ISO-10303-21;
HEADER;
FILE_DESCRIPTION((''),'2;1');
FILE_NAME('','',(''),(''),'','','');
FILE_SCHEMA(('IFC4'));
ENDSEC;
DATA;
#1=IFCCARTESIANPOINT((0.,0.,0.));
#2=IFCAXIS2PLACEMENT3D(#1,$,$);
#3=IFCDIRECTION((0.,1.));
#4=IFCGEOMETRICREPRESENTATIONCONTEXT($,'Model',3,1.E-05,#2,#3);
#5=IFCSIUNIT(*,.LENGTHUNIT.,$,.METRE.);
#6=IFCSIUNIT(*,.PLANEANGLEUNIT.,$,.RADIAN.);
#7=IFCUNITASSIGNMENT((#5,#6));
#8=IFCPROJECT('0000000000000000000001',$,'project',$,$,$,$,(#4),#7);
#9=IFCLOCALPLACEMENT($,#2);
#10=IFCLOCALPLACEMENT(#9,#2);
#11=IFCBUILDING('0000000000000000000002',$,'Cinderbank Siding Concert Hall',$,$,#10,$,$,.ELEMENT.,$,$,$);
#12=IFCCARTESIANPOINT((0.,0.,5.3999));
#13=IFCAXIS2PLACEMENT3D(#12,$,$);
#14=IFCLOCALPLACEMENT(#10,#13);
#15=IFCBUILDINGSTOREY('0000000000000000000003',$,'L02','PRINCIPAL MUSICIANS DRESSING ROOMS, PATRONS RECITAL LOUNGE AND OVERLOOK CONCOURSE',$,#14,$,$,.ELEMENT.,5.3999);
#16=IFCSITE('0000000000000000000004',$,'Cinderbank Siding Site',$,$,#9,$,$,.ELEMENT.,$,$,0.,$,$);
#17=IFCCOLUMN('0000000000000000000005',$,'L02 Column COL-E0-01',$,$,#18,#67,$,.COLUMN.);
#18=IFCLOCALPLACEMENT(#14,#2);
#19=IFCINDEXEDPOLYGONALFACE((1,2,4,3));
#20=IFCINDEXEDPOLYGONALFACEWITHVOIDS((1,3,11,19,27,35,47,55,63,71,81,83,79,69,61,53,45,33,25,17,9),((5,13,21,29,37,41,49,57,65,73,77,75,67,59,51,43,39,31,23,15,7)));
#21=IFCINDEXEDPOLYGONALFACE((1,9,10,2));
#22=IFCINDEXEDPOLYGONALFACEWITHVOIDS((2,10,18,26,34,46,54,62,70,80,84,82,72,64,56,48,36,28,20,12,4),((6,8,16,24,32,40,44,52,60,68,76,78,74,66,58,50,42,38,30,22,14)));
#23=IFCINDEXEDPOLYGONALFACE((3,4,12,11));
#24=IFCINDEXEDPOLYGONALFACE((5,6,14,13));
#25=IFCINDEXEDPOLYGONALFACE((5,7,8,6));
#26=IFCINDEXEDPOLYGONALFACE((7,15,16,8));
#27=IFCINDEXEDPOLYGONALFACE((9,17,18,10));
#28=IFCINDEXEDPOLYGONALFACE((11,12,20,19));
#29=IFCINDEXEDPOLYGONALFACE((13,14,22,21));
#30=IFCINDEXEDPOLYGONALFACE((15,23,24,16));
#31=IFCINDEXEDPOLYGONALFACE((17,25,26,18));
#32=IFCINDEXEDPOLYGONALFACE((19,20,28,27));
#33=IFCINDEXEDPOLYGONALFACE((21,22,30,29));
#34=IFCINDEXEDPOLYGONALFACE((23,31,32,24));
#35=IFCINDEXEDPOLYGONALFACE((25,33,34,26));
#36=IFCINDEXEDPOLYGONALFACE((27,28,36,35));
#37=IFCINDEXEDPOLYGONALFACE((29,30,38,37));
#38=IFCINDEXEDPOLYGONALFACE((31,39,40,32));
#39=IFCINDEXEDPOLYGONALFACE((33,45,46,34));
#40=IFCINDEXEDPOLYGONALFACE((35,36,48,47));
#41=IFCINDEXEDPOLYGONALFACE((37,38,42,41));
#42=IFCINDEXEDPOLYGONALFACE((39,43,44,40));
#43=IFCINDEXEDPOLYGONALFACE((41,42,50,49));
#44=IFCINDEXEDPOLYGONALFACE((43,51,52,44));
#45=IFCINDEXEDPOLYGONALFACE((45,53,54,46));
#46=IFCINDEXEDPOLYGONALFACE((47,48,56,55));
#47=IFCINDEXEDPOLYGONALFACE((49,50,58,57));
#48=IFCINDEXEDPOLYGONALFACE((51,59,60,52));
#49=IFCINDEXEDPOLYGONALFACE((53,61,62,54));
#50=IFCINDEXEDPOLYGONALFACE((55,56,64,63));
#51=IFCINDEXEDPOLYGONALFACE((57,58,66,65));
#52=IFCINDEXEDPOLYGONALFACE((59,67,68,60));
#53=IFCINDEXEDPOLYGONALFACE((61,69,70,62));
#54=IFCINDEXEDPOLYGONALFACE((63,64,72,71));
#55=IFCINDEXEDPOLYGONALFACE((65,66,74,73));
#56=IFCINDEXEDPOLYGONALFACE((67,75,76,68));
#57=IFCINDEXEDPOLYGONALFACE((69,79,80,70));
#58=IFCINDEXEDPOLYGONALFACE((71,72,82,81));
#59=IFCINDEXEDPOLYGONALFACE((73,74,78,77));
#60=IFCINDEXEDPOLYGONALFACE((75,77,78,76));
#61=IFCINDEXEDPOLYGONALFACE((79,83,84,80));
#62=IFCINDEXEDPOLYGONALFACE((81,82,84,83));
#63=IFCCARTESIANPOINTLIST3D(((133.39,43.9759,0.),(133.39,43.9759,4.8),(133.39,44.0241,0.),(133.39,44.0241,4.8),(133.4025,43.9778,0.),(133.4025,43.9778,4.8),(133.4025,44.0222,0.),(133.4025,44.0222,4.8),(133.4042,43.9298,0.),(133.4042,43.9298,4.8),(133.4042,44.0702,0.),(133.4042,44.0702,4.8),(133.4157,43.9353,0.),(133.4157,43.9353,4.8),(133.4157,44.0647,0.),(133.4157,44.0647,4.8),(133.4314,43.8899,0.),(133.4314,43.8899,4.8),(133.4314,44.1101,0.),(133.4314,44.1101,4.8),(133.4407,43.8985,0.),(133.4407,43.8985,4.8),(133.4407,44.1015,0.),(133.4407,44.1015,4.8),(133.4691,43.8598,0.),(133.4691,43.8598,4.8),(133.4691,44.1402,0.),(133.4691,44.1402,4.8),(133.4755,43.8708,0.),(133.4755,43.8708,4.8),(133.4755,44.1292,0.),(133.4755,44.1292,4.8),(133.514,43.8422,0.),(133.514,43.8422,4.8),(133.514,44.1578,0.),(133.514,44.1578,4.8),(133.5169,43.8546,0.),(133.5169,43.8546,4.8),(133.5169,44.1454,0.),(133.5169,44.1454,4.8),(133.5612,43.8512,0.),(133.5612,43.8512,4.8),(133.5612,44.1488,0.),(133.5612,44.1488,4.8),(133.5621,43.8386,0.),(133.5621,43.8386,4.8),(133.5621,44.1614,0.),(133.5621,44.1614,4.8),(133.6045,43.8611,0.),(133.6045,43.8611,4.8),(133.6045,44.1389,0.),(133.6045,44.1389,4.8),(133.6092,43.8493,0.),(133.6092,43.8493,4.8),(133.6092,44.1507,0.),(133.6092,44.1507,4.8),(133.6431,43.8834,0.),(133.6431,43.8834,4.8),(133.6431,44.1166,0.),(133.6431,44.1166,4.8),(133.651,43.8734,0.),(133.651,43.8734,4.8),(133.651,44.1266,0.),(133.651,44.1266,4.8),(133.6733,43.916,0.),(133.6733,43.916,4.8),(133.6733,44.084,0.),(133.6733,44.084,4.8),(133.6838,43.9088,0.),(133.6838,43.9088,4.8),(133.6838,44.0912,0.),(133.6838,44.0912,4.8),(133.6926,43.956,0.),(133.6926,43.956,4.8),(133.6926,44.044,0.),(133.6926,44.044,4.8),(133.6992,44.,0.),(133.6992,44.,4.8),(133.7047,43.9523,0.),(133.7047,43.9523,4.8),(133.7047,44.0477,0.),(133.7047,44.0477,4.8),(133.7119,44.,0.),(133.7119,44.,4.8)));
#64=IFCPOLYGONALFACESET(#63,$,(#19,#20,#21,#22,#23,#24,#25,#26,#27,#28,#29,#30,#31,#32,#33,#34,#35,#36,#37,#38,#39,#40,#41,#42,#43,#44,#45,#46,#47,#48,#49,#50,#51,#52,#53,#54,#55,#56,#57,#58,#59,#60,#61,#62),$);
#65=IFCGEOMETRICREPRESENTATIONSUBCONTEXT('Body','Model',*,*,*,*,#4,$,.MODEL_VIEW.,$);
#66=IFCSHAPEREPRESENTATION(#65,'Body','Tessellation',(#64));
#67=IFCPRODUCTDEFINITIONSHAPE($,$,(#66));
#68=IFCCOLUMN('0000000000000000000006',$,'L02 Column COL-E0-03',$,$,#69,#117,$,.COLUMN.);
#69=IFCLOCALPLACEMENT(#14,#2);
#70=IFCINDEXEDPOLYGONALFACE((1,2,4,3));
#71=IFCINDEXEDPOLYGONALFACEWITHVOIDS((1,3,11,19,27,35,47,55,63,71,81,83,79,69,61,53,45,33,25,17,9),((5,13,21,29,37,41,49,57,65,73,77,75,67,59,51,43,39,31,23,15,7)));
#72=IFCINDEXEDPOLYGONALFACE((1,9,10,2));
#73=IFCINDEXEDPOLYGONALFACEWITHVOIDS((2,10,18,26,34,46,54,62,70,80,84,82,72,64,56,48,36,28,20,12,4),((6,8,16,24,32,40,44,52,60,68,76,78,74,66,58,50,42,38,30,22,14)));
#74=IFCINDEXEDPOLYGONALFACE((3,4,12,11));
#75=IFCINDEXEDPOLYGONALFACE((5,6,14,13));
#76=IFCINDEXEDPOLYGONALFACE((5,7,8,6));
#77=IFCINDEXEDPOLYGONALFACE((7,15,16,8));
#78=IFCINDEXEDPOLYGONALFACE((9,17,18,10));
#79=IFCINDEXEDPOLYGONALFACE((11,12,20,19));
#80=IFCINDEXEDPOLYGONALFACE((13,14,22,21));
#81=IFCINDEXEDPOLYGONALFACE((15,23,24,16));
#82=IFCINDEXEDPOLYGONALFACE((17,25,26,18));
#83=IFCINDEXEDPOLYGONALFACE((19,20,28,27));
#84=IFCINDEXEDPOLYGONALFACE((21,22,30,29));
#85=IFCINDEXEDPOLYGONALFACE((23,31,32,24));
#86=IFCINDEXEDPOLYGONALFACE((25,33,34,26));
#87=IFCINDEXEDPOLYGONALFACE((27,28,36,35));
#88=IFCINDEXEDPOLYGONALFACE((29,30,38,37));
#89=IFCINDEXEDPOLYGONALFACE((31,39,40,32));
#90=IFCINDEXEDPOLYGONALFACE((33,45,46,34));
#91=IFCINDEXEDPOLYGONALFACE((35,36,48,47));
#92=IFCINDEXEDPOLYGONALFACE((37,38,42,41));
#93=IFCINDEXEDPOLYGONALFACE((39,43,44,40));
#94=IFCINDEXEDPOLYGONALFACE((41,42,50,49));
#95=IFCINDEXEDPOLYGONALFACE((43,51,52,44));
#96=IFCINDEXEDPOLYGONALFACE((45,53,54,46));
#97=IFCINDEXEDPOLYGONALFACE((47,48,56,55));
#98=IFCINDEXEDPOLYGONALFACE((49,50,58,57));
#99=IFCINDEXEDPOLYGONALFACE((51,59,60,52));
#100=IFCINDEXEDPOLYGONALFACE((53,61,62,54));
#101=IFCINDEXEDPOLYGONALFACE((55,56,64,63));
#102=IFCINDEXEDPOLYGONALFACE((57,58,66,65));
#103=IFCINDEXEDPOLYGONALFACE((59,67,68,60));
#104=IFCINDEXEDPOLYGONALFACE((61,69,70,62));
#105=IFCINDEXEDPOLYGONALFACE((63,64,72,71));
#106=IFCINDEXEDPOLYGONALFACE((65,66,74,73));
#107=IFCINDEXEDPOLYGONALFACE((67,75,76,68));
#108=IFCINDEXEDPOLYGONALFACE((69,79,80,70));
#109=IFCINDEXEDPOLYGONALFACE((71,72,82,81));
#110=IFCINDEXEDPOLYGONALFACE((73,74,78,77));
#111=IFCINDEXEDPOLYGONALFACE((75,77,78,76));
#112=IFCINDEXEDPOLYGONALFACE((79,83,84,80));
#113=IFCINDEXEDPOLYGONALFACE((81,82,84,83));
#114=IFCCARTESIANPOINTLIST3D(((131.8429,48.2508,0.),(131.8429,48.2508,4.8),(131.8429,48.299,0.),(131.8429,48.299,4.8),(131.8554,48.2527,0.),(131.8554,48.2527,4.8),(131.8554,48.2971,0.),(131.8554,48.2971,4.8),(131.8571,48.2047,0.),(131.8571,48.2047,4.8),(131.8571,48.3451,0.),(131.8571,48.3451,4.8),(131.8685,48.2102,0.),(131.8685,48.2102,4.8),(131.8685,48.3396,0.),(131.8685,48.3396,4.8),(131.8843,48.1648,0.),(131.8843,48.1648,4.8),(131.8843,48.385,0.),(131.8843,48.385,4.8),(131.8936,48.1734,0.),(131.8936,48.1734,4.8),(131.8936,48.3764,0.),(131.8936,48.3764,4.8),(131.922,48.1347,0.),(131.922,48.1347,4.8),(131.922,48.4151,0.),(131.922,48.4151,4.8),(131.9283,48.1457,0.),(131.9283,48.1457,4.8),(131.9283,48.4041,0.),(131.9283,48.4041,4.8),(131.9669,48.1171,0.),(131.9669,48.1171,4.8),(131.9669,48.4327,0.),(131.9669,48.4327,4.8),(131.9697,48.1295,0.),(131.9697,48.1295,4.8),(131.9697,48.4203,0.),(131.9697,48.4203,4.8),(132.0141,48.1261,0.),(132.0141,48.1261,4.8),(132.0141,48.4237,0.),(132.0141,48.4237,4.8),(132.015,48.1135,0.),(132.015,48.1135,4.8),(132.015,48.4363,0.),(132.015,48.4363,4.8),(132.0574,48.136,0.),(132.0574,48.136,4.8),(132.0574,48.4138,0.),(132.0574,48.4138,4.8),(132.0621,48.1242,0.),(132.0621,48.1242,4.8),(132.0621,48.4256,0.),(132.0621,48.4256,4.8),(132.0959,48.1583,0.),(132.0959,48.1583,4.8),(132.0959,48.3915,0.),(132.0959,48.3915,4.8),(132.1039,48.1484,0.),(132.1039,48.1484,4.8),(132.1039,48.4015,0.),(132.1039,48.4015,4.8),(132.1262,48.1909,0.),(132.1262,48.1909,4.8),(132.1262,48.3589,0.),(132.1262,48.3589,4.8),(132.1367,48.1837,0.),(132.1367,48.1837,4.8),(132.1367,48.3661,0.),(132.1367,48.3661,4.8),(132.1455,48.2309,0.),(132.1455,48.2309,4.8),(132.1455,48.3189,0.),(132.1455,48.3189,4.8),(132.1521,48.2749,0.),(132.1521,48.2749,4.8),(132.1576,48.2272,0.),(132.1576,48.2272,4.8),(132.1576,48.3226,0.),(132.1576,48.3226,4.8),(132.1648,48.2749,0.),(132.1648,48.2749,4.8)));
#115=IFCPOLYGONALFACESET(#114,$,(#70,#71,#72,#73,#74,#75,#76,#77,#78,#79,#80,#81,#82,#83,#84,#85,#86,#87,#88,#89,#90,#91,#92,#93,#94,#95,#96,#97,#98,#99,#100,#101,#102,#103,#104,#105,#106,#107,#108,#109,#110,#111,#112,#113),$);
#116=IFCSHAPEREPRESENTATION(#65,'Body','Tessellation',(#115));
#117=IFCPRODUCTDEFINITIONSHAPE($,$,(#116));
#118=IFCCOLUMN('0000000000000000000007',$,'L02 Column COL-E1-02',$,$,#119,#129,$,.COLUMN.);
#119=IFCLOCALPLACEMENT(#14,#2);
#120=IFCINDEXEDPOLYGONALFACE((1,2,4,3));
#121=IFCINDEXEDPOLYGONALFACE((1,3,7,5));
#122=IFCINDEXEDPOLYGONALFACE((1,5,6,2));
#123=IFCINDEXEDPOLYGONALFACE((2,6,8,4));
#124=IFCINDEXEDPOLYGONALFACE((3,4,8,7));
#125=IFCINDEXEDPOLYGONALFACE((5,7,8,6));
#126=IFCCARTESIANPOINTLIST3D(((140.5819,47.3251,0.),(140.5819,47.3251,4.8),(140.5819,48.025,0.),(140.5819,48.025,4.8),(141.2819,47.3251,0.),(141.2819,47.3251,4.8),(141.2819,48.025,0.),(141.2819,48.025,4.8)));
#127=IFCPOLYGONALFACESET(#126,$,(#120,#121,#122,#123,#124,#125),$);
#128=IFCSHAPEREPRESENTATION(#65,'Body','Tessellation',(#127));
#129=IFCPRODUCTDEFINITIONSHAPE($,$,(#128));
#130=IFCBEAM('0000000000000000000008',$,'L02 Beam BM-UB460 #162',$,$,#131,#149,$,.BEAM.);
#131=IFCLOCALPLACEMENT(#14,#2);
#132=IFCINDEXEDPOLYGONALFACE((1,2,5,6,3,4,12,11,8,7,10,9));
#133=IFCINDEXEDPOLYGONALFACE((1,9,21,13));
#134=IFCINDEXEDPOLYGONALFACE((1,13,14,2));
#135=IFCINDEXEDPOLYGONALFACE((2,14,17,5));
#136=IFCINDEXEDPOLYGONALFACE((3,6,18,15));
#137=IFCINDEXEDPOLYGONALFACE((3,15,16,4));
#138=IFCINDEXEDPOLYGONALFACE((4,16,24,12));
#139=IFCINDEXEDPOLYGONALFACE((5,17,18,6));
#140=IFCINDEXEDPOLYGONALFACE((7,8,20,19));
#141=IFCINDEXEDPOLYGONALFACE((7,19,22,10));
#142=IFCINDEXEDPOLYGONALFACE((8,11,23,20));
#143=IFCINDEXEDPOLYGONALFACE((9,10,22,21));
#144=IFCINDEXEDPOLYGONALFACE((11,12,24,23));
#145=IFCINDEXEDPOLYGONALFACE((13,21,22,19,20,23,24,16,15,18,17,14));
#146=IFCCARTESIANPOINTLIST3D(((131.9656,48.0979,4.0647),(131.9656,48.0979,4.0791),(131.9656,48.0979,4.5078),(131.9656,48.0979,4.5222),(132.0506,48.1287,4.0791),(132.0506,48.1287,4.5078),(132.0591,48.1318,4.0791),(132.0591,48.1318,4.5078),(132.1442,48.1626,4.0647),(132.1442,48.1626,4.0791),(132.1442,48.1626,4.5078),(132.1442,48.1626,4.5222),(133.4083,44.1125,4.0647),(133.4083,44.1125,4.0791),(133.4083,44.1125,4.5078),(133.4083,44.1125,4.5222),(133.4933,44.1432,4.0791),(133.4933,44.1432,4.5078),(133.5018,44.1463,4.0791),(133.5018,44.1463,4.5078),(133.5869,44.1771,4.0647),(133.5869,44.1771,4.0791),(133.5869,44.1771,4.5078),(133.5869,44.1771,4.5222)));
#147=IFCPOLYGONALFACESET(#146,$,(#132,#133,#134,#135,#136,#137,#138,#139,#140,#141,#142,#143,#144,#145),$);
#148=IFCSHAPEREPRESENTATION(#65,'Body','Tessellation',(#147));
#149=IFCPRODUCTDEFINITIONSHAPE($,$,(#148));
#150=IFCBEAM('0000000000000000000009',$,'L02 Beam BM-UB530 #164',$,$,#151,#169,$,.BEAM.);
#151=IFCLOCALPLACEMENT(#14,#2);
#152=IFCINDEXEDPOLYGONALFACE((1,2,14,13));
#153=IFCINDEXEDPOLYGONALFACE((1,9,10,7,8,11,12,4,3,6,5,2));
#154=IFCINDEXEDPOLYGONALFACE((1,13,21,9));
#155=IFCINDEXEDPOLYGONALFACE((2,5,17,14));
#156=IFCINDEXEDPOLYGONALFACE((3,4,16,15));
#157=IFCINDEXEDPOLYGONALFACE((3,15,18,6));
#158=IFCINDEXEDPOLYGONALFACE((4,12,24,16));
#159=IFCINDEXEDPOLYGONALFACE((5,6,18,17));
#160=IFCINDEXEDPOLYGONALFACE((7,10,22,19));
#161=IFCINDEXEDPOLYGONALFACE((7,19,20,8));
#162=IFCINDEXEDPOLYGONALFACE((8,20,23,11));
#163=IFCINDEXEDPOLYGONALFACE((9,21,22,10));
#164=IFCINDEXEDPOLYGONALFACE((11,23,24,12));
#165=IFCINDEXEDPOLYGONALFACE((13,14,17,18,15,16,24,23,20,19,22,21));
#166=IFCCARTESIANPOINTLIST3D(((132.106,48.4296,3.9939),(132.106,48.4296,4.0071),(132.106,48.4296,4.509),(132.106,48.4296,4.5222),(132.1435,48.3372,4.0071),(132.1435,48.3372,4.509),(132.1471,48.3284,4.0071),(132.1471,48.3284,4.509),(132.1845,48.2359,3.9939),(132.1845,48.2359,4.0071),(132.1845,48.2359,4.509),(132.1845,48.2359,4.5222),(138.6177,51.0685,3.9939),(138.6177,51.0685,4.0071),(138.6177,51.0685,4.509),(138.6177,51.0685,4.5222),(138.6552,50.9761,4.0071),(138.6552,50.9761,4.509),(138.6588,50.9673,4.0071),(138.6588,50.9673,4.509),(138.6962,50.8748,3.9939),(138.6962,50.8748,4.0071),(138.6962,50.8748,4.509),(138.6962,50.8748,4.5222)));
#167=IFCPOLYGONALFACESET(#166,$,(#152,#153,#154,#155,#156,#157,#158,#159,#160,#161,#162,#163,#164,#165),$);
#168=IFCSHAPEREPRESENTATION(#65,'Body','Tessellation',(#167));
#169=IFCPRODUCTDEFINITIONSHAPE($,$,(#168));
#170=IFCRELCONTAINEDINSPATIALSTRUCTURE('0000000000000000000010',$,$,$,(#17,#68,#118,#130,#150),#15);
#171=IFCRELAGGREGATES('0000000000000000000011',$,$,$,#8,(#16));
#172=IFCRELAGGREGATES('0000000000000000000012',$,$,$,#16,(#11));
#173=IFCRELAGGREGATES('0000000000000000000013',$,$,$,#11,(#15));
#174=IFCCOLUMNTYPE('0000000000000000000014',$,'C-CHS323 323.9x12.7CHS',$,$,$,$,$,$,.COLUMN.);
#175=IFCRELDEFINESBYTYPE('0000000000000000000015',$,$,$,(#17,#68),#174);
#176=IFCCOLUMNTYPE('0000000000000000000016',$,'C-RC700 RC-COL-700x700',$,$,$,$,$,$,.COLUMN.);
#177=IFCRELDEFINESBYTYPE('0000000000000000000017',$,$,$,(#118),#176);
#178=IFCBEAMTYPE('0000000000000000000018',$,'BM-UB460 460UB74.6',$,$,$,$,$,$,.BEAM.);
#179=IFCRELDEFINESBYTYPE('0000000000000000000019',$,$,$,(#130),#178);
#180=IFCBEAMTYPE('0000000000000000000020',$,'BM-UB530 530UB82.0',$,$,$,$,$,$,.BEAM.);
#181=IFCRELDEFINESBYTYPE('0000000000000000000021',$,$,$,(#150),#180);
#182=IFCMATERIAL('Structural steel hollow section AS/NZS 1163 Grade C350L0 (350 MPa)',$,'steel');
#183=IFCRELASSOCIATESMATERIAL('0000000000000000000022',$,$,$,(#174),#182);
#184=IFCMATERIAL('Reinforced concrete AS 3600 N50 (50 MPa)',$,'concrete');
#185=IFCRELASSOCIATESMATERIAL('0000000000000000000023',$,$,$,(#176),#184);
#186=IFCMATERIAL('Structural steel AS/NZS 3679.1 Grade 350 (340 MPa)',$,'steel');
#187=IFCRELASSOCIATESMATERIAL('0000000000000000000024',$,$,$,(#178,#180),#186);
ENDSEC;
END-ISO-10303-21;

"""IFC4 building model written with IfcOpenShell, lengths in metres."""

from ifc_helpers import new_model, si_unit, direction, frame, origin, origin_2d, place, context, subcontext, project, spatial, rectangle, hollow_circle, i_section, extrude, material, material_profile, profile_set, type_object, element, save


model = new_model("IFC4")

# Units and contexts
model_context = context("Model", 3, precision=1e-05, world=origin(), true_north=direction((0.0, 1.0)))
body_context = subcontext(model_context, "Body", "Model", "MODEL_VIEW")
ifc_project = project(units=[si_unit("LENGTHUNIT", "METRE"), si_unit("PLANEANGLEUNIT", "RADIAN")], contexts=[model_context])

# Site, building, storey
site_placement = place(None, origin())
site = spatial("IfcSite", under=ifc_project, at=site_placement, Name="Cinderbank Siding Site", CompositionType="ELEMENT", RefElevation=0.0)
building_placement = place(site_placement, origin())
building = spatial("IfcBuilding", under=site, at=building_placement, Name="Cinderbank Siding Concert Hall", CompositionType="ELEMENT")
storey_placement = place(building_placement, frame((0.0, 0.0, 5.3999)))
storey = spatial("IfcBuildingStorey", under=building, at=storey_placement, Name="L02", Description="PRINCIPAL MUSICIANS DRESSING ROOMS, PATRONS RECITAL LOUNGE AND OVERLOOK CONCOURSE", CompositionType="ELEMENT", Elevation=5.3999)

# Columns
ifc_material_1 = material(Name="Structural steel hollow section AS/NZS 1163 Grade C350L0 (350 MPa)", Category="steel")
ifc_material_profile_1 = material_profile(ifc_material_1, hollow_circle(Radius=0.1619, WallThickness=0.0127, at=origin_2d()), Name="323.9x12.7CHS", Category="LoadBearing")
ifc_profile_set_1 = profile_set([ifc_material_profile_1], Name="Structural steel hollow section AS/NZS 1163 Grade C350L0 (350 MPa)")
column_type_1 = type_object("IfcColumnType", Name="C-CHS323 323.9x12.7CHS", PredefinedType="COLUMN", material=ifc_profile_set_1)
for number, where, z_axis, x_axis, name in (
    (1, (133.55, 44.0, 0.0), (0.0, 0.0, 1.0), (1.0, 0.0, 0.0), "L02 Column COL-E0-01"),
    (2, (132.0029, 48.2749, 0.0), (0.0, 0.0, 1.0), (1.0, 0.0, 0.0), "L02 Column COL-E0-03"),
):
    element("IfcColumn", number, at=place(storey_placement, frame(where, z_axis=z_axis, x_axis=x_axis)), inside=storey, type_object=column_type_1, Name=name, PredefinedType="COLUMN", context=body_context, shape_type="SweptSolid", body=[
        extrude(hollow_circle(Radius=0.1619, WallThickness=0.0127, at=origin_2d()), origin(), (0.0, 0.0, 1.0), 4.8),
    ])
ifc_material_2 = material(Name="Reinforced concrete AS 3600 N50 (50 MPa)", Category="concrete")
ifc_material_profile_2 = material_profile(ifc_material_2, rectangle(XDim=0.7, YDim=0.7, at=origin_2d()), Name="RC-COL-700x700", Category="LoadBearing")
ifc_profile_set_2 = profile_set([ifc_material_profile_2], Name="Reinforced concrete AS 3600 N50 (50 MPa)")
column_type_2 = type_object("IfcColumnType", Name="C-RC700 RC-COL-700x700", PredefinedType="COLUMN", material=ifc_profile_set_2)
column_placement = place(storey_placement, frame((140.9319, 47.675, 0.0), z_axis=(0.0, 0.0, 1.0), x_axis=(1.0, 0.0, 0.0)))
element("IfcColumn", 3, at=column_placement, inside=storey, type_object=column_type_2, Name="L02 Column COL-E1-02", PredefinedType="COLUMN", context=body_context, shape_type="SweptSolid", body=[
    extrude(rectangle(XDim=0.7, YDim=0.7, at=origin_2d()), origin(), (0.0, 0.0, 1.0), 4.8),
])

# Beams
ifc_material_3 = material(Name="Structural steel AS/NZS 3679.1 Grade 350 (340 MPa)", Category="steel")
ifc_material_profile_3 = material_profile(ifc_material_3, i_section(OverallWidth=0.1899, OverallDepth=0.4575, WebThickness=0.009, FlangeThickness=0.0144, at=origin_2d()), Name="460UB74.6", Category="LoadBearing")
ifc_profile_set_3 = profile_set([ifc_material_profile_3], Name="Structural steel AS/NZS 3679.1 Grade 350 (340 MPa)")
beam_type_1 = type_object("IfcBeamType", Name="BM-UB460 460UB74.6", PredefinedType="BEAM", material=ifc_profile_set_3)
beam_1_placement = place(storey_placement, frame((133.4976, 44.1448, 4.2935), z_axis=(-0.340369, 0.940292, 0.0), x_axis=(-0.940292, -0.340369, 0.0)))
element("IfcBeam", 4, at=beam_1_placement, inside=storey, type_object=beam_type_1, Name="L02 Beam BM-UB460 #162", PredefinedType="BEAM", context=body_context, shape_type="SweptSolid", body=[
    extrude(i_section(OverallWidth=0.1899, OverallDepth=0.4575, WebThickness=0.009, FlangeThickness=0.0144, at=origin_2d()), origin(), (0.0, 0.0, 1.0), 4.2385),
])
ifc_material_profile_4 = material_profile(ifc_material_3, i_section(OverallWidth=0.209, OverallDepth=0.5283, WebThickness=0.0095, FlangeThickness=0.0132, at=origin_2d()), Name="530UB82.0", Category="LoadBearing")
ifc_profile_set_4 = profile_set([ifc_material_profile_4], Name="Structural steel AS/NZS 3679.1 Grade 350 (340 MPa)")
beam_type_2 = type_object("IfcBeamType", Name="BM-UB530 530UB82.0", PredefinedType="BEAM", material=ifc_profile_set_4)
beam_2_placement = place(storey_placement, frame((132.1453, 48.3328, 4.2581), z_axis=(0.926787, 0.375587, 0.0), x_axis=(-0.375587, 0.926787, 0.0)))
element("IfcBeam", 5, at=beam_2_placement, inside=storey, type_object=beam_type_2, Name="L02 Beam BM-UB530 #164", PredefinedType="BEAM", context=body_context, shape_type="SweptSolid", body=[
    extrude(i_section(OverallWidth=0.209, OverallDepth=0.5283, WebThickness=0.0095, FlangeThickness=0.0132, at=origin_2d()), origin(), (0.0, 0.0, 1.0), 7.0261),
])

save(model, "model.ifc")
